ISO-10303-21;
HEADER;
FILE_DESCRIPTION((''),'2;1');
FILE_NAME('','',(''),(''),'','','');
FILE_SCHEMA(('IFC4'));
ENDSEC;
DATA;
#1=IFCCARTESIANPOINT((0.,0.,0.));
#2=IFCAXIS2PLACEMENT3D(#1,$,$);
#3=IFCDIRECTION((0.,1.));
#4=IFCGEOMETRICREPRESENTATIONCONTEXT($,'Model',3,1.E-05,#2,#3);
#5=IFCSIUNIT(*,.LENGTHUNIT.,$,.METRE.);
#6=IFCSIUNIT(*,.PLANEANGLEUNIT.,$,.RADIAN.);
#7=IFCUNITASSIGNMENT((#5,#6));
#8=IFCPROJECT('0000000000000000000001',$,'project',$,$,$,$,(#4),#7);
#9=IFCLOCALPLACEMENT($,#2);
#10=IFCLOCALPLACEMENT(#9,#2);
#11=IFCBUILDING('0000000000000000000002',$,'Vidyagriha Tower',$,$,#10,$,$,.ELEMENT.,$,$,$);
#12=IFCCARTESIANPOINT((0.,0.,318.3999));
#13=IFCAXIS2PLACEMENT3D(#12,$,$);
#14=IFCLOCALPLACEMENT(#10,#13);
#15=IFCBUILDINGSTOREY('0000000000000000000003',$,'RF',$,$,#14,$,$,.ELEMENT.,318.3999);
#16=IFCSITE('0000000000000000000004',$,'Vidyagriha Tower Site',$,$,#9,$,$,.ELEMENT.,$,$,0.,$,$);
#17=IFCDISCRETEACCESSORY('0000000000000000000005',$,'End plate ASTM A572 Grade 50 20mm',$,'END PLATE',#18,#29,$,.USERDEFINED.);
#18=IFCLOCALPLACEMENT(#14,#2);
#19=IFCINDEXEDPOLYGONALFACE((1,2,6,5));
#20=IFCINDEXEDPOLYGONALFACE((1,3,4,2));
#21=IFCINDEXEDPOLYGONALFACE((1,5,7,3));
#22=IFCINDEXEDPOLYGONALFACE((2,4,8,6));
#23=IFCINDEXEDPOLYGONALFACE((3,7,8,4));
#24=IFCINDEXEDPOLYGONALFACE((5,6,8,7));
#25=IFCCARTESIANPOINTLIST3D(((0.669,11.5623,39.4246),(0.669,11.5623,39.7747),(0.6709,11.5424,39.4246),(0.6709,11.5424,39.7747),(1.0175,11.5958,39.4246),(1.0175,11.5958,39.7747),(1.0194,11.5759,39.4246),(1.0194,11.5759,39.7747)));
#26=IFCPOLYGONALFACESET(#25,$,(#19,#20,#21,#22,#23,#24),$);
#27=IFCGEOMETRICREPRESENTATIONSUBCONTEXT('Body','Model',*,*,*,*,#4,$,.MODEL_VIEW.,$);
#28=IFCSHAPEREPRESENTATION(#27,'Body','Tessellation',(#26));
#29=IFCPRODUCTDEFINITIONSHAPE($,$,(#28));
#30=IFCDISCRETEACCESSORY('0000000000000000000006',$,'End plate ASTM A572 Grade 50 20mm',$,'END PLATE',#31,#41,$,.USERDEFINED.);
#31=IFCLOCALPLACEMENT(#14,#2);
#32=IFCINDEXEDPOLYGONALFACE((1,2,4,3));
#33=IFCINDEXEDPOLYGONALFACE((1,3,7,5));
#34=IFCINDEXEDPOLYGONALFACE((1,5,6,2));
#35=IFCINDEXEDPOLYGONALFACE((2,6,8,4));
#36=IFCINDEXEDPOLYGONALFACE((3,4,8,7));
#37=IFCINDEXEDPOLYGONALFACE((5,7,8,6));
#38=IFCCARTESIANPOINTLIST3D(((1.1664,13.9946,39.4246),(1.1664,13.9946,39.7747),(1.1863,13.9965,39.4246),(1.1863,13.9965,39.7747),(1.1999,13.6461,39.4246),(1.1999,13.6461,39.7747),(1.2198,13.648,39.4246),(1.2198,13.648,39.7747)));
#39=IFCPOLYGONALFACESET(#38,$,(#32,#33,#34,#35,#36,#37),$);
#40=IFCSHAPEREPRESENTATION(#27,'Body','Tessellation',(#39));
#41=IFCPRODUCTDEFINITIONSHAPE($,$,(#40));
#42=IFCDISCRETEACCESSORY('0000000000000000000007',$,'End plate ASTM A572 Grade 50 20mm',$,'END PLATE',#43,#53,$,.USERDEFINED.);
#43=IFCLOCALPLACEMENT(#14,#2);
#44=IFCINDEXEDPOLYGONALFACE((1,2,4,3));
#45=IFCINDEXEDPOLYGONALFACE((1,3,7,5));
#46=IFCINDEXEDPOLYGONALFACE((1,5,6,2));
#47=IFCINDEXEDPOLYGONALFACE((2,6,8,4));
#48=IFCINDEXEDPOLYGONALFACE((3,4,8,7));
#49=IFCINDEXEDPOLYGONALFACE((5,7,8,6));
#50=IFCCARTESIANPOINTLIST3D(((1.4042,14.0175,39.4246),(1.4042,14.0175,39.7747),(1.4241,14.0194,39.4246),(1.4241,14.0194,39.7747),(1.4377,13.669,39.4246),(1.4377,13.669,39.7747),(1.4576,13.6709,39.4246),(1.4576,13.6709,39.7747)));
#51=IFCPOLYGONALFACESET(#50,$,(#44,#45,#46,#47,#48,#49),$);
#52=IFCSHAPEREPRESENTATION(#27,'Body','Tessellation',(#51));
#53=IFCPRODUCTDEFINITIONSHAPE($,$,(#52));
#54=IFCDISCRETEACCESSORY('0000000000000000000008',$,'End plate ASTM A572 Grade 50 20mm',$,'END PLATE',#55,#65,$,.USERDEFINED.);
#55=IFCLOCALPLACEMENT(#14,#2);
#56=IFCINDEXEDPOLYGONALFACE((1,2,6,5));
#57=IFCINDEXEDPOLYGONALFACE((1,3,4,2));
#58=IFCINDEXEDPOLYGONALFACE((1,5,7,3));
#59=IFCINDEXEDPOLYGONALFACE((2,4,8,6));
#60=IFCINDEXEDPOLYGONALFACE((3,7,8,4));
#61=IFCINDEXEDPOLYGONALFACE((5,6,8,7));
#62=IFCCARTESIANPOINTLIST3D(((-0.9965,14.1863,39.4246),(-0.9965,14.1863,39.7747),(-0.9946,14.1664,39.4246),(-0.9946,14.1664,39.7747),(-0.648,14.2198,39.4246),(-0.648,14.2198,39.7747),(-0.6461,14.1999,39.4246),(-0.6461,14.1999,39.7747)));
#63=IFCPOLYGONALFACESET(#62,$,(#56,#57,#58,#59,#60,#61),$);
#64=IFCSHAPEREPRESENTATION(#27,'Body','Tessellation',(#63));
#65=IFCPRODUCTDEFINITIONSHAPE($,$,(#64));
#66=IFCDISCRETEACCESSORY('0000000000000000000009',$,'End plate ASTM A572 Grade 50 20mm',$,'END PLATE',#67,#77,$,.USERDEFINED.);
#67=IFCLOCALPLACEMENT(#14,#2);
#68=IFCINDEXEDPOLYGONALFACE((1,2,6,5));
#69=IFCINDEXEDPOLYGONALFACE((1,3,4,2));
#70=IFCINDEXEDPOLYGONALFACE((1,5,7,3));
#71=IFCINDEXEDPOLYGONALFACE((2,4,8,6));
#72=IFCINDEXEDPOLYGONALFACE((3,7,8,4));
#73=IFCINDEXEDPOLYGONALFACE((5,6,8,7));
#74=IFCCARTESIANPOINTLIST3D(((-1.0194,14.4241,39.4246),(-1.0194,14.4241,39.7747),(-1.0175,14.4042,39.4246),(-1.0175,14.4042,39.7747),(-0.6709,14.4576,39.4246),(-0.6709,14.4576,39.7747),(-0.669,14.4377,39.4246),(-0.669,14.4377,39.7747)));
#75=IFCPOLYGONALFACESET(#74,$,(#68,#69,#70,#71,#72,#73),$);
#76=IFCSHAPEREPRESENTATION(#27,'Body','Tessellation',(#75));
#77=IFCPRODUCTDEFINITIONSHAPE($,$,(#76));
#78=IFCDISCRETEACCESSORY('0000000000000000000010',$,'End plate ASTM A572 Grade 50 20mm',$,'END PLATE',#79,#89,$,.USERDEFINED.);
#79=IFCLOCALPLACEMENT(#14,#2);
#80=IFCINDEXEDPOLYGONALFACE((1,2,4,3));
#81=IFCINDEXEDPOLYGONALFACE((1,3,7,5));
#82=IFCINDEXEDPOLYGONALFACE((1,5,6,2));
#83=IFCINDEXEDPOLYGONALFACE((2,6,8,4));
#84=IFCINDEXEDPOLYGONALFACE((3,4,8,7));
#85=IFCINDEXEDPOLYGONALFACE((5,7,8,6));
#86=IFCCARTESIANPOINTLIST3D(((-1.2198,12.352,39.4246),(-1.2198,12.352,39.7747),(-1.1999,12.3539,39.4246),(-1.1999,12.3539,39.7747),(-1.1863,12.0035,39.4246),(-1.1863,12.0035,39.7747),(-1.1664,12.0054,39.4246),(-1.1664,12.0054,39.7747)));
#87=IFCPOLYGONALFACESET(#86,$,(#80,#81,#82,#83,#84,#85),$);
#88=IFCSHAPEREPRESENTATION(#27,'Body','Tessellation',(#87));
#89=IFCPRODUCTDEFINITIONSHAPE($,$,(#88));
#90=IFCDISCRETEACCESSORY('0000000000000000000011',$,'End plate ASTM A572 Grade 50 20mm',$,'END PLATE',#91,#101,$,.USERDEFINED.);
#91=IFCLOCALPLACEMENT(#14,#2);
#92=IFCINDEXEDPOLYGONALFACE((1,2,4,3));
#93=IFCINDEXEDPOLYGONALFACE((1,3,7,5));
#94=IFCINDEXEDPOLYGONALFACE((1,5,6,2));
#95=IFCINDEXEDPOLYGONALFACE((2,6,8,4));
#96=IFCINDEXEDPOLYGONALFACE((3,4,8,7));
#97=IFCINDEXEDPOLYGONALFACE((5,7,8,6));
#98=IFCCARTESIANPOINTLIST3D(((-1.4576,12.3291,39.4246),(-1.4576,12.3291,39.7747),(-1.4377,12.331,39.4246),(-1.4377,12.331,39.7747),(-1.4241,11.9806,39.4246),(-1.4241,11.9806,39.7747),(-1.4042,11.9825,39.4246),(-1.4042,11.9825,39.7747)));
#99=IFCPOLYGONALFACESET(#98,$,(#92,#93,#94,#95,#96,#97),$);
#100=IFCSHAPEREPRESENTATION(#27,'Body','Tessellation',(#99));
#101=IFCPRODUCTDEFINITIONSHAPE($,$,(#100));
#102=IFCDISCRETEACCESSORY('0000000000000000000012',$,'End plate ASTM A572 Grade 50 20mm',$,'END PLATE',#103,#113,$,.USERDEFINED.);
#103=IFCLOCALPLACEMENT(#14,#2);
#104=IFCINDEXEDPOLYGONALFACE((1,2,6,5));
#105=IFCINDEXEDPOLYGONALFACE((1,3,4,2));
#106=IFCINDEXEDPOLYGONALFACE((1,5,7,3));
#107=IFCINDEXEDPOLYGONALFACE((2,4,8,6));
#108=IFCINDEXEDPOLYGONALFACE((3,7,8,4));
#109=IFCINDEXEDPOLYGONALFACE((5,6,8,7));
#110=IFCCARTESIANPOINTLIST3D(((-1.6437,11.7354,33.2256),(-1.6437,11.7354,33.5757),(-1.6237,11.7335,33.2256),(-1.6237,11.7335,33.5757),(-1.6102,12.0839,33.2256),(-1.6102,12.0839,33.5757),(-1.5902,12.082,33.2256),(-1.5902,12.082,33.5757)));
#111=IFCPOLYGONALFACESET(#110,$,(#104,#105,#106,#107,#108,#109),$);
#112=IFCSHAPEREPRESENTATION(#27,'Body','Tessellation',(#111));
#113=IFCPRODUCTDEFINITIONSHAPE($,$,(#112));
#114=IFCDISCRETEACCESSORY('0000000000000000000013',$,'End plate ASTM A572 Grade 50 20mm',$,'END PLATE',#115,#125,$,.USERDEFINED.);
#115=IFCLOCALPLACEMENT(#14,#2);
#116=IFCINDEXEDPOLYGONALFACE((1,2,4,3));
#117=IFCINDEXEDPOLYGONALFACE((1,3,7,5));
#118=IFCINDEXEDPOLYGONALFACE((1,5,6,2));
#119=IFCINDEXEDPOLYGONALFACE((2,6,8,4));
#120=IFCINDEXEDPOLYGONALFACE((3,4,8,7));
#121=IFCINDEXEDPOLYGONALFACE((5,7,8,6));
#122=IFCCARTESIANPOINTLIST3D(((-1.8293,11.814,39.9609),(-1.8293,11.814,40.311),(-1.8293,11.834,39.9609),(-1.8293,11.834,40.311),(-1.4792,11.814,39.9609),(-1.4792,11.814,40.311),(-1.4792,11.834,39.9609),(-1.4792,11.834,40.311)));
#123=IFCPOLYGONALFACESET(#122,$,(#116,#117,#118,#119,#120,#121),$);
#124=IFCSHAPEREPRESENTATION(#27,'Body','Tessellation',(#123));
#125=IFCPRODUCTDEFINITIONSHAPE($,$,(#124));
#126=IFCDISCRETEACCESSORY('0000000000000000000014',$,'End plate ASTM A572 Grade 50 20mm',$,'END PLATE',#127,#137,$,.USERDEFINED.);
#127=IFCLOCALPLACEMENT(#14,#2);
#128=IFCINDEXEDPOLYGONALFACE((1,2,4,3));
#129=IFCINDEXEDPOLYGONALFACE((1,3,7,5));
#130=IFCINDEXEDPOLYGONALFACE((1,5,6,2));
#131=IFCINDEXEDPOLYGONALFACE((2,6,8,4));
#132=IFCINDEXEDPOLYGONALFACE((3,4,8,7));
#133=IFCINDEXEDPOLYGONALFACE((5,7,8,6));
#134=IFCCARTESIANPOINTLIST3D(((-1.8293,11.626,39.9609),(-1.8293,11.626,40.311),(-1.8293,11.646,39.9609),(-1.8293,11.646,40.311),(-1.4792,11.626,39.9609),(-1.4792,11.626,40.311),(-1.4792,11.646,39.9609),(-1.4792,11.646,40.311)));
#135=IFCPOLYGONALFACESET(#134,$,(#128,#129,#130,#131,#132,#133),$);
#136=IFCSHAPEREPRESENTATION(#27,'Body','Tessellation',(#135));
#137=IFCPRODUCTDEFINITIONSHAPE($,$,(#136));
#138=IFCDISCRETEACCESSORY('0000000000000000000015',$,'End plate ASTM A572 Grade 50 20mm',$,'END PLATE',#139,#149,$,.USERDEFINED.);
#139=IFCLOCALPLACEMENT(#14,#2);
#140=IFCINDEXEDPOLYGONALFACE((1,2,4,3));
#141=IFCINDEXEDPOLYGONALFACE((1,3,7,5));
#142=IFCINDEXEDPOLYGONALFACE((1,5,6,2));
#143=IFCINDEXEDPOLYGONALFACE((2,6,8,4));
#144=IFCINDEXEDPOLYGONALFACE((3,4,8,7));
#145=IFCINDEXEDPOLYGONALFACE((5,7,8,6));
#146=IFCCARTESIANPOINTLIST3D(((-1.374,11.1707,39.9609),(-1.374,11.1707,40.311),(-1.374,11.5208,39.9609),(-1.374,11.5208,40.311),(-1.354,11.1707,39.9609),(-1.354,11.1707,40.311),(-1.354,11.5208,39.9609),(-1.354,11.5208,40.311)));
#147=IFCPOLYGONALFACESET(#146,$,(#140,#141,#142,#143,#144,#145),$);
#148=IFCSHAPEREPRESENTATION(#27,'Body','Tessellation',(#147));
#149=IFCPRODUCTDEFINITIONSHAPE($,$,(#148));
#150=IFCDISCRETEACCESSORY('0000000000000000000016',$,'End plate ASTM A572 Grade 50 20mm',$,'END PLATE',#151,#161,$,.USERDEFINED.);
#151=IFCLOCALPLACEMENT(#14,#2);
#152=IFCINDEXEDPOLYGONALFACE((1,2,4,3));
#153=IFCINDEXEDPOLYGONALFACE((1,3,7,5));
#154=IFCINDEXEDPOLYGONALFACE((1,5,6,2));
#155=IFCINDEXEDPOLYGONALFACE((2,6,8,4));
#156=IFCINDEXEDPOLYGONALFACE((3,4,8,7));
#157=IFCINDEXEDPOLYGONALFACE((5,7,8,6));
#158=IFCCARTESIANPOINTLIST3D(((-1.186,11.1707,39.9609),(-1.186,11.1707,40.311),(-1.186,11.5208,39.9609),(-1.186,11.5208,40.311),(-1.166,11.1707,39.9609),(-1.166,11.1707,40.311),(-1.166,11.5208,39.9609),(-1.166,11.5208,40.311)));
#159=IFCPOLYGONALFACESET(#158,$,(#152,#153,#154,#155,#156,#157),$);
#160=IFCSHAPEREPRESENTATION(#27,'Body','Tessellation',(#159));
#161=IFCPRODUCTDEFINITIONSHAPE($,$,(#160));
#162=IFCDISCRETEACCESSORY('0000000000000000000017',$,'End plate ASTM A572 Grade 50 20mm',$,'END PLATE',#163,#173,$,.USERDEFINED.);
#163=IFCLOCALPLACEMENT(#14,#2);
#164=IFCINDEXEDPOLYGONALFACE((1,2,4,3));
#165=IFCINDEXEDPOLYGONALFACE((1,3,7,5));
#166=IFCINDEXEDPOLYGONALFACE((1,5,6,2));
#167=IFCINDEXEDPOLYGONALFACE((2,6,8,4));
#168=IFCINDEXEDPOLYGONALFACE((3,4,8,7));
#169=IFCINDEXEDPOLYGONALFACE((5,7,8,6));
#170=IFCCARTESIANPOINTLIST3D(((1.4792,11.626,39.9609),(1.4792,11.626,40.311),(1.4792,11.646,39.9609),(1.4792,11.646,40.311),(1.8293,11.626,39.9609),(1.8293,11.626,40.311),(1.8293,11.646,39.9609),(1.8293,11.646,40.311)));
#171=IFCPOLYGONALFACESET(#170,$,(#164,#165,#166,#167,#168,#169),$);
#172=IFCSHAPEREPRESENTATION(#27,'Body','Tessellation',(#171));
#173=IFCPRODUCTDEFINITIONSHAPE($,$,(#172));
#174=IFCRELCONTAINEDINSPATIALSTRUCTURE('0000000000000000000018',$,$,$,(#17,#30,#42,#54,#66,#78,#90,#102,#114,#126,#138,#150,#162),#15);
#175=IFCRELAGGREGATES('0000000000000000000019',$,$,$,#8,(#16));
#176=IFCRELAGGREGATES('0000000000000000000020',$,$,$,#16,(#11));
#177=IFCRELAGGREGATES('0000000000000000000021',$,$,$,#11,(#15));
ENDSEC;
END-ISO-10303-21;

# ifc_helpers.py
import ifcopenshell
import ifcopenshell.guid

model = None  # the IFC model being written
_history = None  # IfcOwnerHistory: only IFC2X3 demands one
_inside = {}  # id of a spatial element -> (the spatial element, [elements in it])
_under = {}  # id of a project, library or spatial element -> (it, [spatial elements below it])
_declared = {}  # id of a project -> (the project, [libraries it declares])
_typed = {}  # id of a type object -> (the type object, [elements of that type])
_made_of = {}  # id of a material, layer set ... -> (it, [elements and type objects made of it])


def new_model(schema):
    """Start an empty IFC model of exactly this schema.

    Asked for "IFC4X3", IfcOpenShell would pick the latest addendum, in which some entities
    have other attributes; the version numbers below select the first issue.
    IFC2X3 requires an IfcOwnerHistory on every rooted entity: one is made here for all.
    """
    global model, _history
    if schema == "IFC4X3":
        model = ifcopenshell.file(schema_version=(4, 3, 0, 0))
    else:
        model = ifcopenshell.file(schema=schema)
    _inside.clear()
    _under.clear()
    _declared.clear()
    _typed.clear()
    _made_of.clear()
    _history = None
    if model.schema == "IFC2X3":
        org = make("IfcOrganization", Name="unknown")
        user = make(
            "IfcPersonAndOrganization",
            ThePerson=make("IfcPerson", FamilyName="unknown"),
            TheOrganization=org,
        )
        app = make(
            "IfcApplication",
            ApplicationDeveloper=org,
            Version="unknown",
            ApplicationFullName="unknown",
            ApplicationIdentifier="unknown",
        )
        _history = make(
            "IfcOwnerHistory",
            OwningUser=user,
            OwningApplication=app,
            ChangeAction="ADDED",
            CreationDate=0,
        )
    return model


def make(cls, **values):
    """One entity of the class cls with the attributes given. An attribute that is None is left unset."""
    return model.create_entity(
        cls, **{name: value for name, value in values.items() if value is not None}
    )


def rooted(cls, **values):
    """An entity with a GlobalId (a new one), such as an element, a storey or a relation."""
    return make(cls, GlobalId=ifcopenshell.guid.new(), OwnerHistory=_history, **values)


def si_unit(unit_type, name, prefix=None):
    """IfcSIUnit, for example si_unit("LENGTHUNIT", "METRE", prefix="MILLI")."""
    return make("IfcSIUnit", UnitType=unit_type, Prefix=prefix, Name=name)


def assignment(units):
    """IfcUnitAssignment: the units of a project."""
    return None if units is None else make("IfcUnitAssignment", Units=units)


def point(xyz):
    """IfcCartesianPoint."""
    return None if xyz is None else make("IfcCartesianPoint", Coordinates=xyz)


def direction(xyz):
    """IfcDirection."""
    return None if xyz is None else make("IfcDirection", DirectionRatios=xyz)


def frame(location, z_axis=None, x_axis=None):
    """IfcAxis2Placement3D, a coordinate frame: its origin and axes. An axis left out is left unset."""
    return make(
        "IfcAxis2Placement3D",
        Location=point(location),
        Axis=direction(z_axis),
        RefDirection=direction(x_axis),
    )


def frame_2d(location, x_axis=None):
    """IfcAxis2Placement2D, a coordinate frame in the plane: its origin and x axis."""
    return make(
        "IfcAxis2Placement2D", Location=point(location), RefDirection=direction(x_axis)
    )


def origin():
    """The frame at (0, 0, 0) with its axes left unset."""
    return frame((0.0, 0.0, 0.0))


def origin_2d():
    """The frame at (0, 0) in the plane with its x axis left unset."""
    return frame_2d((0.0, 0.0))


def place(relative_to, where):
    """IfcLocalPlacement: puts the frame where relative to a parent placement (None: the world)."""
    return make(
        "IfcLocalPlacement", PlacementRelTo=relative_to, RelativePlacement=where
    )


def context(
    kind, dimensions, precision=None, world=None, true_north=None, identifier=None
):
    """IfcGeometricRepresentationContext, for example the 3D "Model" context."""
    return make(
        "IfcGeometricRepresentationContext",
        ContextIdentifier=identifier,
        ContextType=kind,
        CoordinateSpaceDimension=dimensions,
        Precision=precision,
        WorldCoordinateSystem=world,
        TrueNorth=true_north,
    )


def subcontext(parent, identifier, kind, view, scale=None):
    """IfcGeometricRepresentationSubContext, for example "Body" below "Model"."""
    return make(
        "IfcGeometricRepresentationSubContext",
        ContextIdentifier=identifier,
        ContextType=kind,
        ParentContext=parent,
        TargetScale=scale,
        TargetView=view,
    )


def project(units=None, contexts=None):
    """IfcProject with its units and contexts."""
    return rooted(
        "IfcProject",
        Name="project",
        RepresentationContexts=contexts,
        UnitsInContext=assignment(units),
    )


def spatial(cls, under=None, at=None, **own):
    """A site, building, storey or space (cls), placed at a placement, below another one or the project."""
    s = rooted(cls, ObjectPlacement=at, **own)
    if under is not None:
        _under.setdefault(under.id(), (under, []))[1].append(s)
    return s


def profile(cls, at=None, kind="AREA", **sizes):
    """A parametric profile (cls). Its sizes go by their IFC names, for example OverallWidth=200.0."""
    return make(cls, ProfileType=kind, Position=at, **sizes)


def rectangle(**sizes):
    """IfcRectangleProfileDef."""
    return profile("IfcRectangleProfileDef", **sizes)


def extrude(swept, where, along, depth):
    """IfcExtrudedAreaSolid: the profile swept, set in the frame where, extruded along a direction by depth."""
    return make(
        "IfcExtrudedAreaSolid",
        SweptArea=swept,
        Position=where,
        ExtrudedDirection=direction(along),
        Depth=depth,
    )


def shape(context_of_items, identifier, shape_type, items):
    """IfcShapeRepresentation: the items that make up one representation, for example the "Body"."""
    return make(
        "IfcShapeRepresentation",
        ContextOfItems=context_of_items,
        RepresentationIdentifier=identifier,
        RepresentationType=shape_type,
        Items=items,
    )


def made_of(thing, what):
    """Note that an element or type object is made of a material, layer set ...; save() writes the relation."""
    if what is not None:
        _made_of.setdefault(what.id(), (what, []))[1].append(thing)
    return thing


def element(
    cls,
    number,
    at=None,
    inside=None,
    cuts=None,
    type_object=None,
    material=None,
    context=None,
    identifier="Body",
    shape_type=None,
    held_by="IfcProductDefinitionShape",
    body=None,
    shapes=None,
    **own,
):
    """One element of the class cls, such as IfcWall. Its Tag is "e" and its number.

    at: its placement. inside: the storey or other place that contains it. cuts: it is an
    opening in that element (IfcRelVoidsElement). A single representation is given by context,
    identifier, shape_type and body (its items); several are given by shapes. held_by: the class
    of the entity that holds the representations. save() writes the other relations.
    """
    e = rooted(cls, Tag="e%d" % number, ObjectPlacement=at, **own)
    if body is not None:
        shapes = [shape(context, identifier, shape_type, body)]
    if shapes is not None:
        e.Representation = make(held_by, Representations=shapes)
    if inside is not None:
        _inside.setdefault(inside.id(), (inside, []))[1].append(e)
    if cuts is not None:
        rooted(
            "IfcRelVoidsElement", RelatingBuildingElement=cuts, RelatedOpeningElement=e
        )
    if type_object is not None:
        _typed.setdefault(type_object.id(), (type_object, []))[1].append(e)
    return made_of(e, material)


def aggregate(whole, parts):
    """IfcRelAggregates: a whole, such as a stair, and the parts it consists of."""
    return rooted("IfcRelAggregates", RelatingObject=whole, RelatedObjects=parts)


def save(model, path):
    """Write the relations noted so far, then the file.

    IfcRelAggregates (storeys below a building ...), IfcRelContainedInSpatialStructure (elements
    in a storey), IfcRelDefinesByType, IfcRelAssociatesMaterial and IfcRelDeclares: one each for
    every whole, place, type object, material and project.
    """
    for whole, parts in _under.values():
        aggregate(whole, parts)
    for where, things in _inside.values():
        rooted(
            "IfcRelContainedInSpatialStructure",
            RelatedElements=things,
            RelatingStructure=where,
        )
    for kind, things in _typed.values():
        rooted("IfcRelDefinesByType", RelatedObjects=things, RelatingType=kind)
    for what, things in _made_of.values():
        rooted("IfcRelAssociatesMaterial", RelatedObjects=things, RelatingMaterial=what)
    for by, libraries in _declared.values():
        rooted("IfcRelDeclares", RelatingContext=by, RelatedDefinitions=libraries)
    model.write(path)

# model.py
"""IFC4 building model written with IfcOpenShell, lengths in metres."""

from ifc_helpers import new_model, si_unit, direction, frame, origin, origin_2d, place, context, subcontext, project, spatial, rectangle, extrude, element, save


model = new_model("IFC4")

# Units and contexts
model_context = context("Model", 3, precision=1e-05, world=origin(), true_north=direction((0.0, 1.0)))
body_context = subcontext(model_context, "Body", "Model", "MODEL_VIEW")
ifc_project = project(units=[si_unit("LENGTHUNIT", "METRE"), si_unit("PLANEANGLEUNIT", "RADIAN")], contexts=[model_context])

# Site, building, storey
site_placement = place(None, origin())
site = spatial("IfcSite", under=ifc_project, at=site_placement, Name="Vidyagriha Tower Site", CompositionType="ELEMENT", RefElevation=0.0)
building_placement = place(site_placement, origin())
building = spatial("IfcBuilding", under=site, at=building_placement, Name="Vidyagriha Tower", CompositionType="ELEMENT")
storey_placement = place(building_placement, frame((0.0, 0.0, 318.3999)))
storey = spatial("IfcBuildingStorey", under=building, at=storey_placement, Name="RF", CompositionType="ELEMENT", Elevation=318.3999)

# Discrete accessories
for number, where, z_axis, x_axis, name in (
    (1, (0.8442, 11.5691, 39.4246), (0.0, 0.0, 1.0), (0.995415, 0.095648, 0.0), "End plate ASTM A572 Grade 50 20mm"),
    (2, (1.1931, 13.8213, 39.4246), (0.0, 0.0, 1.0), (-0.095648, 0.995415, 0.0), "End plate ASTM A572 Grade 50 20mm"),
    (3, (1.4309, 13.8442, 39.4246), (0.0, 0.0, 1.0), (-0.095648, 0.995415, 0.0), "End plate ASTM A572 Grade 50 20mm"),
    (4, (-0.8213, 14.1931, 39.4246), (0.0, 0.0, 1.0), (-0.995415, -0.095648, 0.0), "End plate ASTM A572 Grade 50 20mm"),
    (5, (-0.8442, 14.4309, 39.4246), (0.0, 0.0, 1.0), (-0.995415, -0.095648, 0.0), "End plate ASTM A572 Grade 50 20mm"),
    (6, (-1.1931, 12.1787, 39.4246), (0.0, 0.0, 1.0), (0.095648, -0.995415, 0.0), "End plate ASTM A572 Grade 50 20mm"),
    (7, (-1.4309, 12.1558, 39.4246), (0.0, 0.0, 1.0), (0.095648, -0.995415, 0.0), "End plate ASTM A572 Grade 50 20mm"),
    (8, (-1.6169, 11.9087, 33.2256), (0.0, 0.0, 1.0), (-0.095648, -0.995415, 0.0), "End plate ASTM A572 Grade 50 20mm"),
):
    element("IfcDiscreteAccessory", number, at=place(storey_placement, frame(where, z_axis=z_axis, x_axis=x_axis)), inside=storey, Name=name, ObjectType="END PLATE", PredefinedType="USERDEFINED", context=body_context, shape_type="SweptSolid", body=[
        extrude(rectangle(XDim=0.3501, YDim=0.02, at=origin_2d()), origin(), (0.0, 0.0, 1.0), 0.3501),
    ])
for number, where, name in (
    (9, (-1.6543, 11.824, 39.9609), "End plate ASTM A572 Grade 50 20mm"),
    (10, (-1.6543, 11.636, 39.9609), "End plate ASTM A572 Grade 50 20mm"),
):
    element("IfcDiscreteAccessory", number, at=place(storey_placement, frame(where)), inside=storey, Name=name, ObjectType="END PLATE", PredefinedType="USERDEFINED", context=body_context, shape_type="SweptSolid", body=[
        extrude(rectangle(XDim=0.3501, YDim=0.02, at=origin_2d()), origin(), (0.0, 0.0, 1.0), 0.3501),
    ])
for number, where, z_axis, x_axis, name in (
    (11, (-1.364, 11.3457, 39.9609), (0.0, 0.0, 1.0), (0.0, 1.0, 0.0), "End plate ASTM A572 Grade 50 20mm"),
    (12, (-1.176, 11.3457, 39.9609), (0.0, 0.0, 1.0), (0.0, 1.0, 0.0), "End plate ASTM A572 Grade 50 20mm"),
    (13, (1.6543, 11.636, 39.9609), (0.0, 0.0, 1.0), (-1.0, 0.0, 0.0), "End plate ASTM A572 Grade 50 20mm"),
):
    element("IfcDiscreteAccessory", number, at=place(storey_placement, frame(where, z_axis=z_axis, x_axis=x_axis)), inside=storey, Name=name, ObjectType="END PLATE", PredefinedType="USERDEFINED", context=body_context, shape_type="SweptSolid", body=[
        extrude(rectangle(XDim=0.3501, YDim=0.02, at=origin_2d()), origin(), (0.0, 0.0, 1.0), 0.3501),
    ])

save(model, "model.ifc")
